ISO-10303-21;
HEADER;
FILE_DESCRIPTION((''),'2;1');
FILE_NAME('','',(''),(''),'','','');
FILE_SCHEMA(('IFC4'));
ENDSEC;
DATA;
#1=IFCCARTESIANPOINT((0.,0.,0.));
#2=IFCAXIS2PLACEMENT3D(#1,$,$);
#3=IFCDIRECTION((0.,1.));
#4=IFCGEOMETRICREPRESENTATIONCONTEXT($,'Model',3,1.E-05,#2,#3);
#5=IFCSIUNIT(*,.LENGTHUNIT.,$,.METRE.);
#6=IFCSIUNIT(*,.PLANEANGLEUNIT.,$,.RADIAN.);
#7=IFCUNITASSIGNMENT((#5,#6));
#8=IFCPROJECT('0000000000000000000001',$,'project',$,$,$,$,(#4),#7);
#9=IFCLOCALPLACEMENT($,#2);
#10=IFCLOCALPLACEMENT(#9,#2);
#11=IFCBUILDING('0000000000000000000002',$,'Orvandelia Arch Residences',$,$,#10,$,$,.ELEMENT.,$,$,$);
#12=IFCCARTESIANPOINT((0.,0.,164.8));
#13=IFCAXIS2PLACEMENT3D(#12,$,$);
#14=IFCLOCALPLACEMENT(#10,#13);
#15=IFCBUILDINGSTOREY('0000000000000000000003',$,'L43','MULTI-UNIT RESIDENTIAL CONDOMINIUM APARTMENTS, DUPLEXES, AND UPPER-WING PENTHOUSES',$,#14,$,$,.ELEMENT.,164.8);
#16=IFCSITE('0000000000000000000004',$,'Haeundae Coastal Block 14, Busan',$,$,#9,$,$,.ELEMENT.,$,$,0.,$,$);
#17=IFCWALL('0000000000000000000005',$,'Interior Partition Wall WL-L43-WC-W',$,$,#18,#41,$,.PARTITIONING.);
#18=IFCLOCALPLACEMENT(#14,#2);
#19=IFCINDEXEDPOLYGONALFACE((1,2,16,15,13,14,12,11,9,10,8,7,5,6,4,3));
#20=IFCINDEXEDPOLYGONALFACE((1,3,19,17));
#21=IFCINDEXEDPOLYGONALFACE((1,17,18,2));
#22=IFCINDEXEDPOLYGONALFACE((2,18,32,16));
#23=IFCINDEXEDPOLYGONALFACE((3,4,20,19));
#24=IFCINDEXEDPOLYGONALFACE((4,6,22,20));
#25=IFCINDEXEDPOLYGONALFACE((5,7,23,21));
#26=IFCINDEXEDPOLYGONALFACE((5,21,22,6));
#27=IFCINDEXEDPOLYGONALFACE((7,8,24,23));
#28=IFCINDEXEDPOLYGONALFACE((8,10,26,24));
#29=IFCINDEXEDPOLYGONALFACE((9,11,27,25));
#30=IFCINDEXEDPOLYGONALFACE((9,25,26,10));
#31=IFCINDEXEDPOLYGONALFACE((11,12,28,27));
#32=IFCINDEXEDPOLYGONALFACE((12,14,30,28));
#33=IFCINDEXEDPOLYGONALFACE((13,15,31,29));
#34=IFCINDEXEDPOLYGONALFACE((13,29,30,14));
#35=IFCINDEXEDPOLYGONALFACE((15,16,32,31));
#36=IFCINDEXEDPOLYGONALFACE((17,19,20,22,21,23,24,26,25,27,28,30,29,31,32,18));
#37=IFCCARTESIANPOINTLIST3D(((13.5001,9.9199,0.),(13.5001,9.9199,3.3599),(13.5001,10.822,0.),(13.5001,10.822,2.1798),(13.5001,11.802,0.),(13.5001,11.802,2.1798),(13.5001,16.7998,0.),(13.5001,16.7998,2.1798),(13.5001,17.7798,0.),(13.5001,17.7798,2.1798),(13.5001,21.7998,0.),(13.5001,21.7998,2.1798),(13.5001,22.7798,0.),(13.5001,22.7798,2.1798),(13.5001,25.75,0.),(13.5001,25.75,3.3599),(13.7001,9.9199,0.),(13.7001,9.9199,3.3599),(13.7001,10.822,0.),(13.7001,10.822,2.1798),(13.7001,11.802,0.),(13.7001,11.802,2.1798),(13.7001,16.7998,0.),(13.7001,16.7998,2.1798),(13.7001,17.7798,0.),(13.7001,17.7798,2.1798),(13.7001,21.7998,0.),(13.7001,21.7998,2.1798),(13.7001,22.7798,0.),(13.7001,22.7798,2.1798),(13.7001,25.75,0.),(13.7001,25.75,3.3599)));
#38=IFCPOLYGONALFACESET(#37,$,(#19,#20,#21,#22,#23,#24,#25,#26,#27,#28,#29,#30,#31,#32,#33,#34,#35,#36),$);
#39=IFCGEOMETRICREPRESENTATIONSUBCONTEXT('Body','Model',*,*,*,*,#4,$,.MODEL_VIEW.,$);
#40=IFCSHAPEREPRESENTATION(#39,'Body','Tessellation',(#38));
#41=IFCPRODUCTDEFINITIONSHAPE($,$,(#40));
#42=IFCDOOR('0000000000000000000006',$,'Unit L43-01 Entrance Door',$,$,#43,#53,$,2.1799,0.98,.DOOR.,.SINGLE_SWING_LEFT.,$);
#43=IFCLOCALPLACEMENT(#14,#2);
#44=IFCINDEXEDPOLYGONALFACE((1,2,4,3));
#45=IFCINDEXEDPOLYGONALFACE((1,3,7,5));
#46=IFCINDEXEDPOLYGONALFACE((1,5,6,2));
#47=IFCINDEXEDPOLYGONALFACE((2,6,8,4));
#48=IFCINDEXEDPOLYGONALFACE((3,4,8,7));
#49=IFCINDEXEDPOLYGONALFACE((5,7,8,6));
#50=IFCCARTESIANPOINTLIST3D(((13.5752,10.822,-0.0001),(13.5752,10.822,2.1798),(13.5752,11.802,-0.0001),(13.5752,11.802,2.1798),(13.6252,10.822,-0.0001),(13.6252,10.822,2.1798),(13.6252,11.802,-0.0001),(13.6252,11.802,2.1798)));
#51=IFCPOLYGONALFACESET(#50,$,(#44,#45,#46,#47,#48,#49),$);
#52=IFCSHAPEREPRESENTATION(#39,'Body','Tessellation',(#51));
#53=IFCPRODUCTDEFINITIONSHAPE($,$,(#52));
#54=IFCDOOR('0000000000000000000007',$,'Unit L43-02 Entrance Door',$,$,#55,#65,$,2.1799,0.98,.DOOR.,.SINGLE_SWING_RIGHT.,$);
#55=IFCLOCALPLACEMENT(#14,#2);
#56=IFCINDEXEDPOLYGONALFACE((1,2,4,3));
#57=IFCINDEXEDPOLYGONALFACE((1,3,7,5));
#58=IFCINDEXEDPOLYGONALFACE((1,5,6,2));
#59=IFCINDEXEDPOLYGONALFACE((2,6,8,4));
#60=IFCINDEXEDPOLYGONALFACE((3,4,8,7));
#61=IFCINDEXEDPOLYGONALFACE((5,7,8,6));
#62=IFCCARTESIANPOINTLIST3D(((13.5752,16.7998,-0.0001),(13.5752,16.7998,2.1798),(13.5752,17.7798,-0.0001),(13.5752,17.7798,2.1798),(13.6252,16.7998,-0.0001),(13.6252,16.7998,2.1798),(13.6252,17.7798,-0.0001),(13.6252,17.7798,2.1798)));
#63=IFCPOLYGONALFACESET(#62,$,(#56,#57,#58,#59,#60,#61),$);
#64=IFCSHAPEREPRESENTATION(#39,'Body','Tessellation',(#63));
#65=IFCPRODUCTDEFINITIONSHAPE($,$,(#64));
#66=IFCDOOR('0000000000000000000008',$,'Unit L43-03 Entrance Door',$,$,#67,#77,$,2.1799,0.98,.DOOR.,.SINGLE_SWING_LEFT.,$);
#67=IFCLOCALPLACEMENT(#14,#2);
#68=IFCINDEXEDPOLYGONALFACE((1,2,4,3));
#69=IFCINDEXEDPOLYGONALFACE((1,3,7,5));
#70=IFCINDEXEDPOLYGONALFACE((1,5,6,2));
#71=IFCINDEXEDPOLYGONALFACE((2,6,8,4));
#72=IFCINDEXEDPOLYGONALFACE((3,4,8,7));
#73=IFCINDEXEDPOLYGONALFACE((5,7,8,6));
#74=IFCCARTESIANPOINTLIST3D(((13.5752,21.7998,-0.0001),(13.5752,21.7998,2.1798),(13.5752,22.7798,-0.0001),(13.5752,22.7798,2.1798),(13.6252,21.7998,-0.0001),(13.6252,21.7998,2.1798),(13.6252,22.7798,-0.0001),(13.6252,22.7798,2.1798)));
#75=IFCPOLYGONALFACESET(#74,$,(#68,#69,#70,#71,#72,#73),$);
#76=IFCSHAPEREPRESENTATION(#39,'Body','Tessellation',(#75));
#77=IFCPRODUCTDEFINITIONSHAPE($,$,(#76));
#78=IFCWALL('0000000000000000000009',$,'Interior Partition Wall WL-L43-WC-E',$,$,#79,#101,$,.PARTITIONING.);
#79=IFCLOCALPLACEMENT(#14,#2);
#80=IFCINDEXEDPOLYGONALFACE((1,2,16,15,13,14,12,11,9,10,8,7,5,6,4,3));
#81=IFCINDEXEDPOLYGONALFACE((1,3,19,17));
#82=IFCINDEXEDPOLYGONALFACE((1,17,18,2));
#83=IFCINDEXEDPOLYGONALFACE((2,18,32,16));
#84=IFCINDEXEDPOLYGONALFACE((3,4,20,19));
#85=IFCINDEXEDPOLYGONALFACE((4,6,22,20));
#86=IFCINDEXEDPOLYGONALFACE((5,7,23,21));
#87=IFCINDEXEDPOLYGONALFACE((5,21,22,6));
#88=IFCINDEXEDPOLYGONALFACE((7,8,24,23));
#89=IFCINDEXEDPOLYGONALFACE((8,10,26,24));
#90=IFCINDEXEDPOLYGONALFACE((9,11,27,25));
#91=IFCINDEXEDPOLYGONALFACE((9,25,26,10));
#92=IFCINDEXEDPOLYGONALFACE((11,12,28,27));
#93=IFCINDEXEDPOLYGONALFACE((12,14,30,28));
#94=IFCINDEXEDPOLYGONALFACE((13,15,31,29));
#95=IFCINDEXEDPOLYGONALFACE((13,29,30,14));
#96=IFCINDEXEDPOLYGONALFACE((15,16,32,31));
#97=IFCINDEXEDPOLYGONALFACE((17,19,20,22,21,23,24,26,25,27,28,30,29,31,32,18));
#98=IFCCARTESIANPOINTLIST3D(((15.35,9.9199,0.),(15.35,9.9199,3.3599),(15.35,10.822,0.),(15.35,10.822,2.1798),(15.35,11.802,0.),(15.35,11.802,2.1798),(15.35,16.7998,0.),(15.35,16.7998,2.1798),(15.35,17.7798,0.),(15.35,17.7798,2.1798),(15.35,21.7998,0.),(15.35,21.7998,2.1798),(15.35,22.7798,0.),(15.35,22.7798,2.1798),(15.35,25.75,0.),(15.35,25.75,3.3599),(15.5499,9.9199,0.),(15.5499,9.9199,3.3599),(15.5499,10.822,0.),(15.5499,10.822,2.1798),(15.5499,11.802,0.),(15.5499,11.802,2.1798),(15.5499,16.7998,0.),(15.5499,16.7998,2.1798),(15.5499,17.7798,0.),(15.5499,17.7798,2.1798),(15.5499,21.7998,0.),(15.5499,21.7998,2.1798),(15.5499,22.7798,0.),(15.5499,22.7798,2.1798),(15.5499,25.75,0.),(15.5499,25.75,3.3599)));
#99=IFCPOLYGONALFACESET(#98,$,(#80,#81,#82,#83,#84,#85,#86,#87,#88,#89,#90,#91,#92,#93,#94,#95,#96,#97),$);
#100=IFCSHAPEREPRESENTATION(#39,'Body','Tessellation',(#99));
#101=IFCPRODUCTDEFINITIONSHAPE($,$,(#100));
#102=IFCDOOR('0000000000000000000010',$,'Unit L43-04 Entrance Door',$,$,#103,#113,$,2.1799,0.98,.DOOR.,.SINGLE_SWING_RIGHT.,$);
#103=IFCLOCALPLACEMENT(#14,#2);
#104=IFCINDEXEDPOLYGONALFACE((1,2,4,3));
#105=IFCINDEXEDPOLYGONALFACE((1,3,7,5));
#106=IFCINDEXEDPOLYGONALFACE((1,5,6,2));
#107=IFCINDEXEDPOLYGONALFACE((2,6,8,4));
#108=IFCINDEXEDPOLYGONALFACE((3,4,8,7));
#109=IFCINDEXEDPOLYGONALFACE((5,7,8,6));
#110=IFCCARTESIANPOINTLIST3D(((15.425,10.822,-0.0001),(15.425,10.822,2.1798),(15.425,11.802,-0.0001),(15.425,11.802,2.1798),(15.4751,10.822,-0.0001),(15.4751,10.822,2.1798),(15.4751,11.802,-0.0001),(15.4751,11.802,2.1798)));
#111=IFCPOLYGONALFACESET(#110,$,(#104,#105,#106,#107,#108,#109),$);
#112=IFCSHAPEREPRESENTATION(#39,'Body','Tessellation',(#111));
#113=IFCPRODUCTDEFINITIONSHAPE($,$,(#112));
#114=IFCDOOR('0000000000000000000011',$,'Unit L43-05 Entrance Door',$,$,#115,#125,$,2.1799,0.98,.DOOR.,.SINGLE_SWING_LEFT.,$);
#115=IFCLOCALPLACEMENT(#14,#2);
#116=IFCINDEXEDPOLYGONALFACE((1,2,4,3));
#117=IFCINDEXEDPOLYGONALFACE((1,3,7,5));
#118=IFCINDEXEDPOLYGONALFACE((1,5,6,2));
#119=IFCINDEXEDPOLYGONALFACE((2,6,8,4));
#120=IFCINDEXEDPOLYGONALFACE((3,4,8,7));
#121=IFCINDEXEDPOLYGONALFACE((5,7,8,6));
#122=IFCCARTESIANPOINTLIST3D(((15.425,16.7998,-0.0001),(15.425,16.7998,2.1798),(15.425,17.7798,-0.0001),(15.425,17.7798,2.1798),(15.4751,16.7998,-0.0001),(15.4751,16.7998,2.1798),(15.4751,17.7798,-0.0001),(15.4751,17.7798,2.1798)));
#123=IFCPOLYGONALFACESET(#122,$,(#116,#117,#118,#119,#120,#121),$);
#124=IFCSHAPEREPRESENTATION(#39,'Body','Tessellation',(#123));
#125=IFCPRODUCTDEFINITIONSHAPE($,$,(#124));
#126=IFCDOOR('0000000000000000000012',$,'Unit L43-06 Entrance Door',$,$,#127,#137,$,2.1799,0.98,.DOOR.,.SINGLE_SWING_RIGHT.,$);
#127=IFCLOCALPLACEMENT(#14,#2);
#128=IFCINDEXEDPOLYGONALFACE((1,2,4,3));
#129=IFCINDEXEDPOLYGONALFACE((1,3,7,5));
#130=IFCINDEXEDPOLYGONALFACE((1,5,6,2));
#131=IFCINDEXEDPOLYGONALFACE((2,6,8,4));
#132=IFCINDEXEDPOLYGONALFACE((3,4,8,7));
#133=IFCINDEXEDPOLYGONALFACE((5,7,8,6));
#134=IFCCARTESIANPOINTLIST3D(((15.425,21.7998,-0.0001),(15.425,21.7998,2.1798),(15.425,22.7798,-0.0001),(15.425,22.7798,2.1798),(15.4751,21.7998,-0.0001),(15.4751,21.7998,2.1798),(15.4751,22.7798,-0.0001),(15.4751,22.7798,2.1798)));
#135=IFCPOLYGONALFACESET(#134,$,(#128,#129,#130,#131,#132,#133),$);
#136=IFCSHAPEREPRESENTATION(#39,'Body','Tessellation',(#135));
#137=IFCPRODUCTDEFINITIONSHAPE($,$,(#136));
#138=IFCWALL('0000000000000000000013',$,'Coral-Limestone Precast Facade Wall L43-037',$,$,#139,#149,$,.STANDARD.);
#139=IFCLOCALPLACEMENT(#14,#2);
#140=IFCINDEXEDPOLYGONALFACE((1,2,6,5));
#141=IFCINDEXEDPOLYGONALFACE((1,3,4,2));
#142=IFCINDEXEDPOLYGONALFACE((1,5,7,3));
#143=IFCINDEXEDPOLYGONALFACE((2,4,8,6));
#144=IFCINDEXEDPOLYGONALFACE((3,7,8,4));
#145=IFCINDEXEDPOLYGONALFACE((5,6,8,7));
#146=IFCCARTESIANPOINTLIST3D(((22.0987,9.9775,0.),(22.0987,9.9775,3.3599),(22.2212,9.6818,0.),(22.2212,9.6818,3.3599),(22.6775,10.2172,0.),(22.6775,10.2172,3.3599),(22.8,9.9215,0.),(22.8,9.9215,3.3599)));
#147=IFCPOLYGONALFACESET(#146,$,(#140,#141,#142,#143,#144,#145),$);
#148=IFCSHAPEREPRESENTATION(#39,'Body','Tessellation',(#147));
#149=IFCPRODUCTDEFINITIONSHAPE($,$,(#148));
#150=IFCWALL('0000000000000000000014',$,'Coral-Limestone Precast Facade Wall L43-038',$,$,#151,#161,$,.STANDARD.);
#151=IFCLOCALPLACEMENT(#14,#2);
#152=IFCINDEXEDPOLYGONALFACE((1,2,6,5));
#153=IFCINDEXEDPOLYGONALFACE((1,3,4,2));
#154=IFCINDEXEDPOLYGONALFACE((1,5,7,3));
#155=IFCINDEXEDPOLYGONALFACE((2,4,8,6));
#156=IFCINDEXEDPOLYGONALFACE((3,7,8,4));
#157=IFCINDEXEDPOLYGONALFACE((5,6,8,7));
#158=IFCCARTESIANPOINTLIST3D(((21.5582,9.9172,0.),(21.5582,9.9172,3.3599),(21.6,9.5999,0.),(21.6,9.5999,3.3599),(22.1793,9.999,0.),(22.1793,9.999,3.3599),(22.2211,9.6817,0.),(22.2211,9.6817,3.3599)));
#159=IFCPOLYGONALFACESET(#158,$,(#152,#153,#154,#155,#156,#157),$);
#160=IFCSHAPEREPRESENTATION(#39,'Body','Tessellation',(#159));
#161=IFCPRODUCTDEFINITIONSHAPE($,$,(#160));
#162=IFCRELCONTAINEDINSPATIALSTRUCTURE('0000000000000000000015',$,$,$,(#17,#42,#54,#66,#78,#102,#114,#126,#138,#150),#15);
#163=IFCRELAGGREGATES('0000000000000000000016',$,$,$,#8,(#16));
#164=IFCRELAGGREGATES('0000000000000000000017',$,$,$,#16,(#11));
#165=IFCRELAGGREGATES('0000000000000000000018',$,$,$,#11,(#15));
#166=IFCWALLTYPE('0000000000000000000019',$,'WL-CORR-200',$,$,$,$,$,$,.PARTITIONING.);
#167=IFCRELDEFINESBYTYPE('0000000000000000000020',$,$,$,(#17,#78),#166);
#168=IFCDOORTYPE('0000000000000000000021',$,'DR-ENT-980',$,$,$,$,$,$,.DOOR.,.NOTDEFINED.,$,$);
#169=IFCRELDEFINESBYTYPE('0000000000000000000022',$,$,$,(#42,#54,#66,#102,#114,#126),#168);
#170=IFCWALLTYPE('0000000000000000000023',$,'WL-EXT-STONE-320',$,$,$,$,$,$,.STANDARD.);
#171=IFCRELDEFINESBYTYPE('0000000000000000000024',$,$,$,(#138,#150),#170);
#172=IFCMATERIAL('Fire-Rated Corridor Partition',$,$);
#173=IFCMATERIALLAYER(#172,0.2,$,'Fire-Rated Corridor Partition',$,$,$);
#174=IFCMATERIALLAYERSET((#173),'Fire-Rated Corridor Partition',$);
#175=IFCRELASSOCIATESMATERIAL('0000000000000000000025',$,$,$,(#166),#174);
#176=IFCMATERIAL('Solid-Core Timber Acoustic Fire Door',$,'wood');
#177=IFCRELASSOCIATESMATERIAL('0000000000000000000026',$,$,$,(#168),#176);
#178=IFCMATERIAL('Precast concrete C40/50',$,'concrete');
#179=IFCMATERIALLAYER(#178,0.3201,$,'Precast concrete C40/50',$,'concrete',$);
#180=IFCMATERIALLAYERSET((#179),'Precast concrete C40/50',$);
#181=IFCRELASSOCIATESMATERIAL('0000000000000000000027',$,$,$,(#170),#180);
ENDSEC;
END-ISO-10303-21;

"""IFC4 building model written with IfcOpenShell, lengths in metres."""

from ifc_helpers import new_model, si_unit, direction, frame, frame_2d, origin, place, context, subcontext, project, spatial, rectangle, extrude, material, layer, layer_set, type_object, element, fill, save


model = new_model("IFC4")

# Units and contexts
model_context = context("Model", 3, precision=1e-05, world=origin(), true_north=direction((0.0, 1.0)))
body_context = subcontext(model_context, "Body", "Model", "MODEL_VIEW")
ifc_project = project(units=[si_unit("LENGTHUNIT", "METRE"), si_unit("PLANEANGLEUNIT", "RADIAN")], contexts=[model_context])

# Site, building, storey
site_placement = place(None, origin())
site = spatial("IfcSite", under=ifc_project, at=site_placement, Name="Haeundae Coastal Block 14, Busan", CompositionType="ELEMENT", RefElevation=0.0)
building_placement = place(site_placement, origin())
building = spatial("IfcBuilding", under=site, at=building_placement, Name="Orvandelia Arch Residences", CompositionType="ELEMENT")
storey_placement = place(building_placement, frame((0.0, 0.0, 164.8)))
storey = spatial("IfcBuildingStorey", under=building, at=storey_placement, Name="L43", Description="MULTI-UNIT RESIDENTIAL CONDOMINIUM APARTMENTS, DUPLEXES, AND UPPER-WING PENTHOUSES", CompositionType="ELEMENT", Elevation=164.8)

# Walls, openings, doors
ifc_material_1 = material(Name="Fire-Rated Corridor Partition")
ifc_layer_1 = layer(ifc_material_1, 0.2, Name="Fire-Rated Corridor Partition")
ifc_layer_set_1 = layer_set([ifc_layer_1], Name="Fire-Rated Corridor Partition")
wall_type_1 = type_object("IfcWallType", Name="WL-CORR-200", PredefinedType="PARTITIONING", material=ifc_layer_set_1)
wall_1_placement = place(storey_placement, frame((13.6001, 9.9199, 0.0), z_axis=(0.0, 0.0, 1.0), x_axis=(0.0, 1.0, 0.0)))
wall_1 = element("IfcWall", 1, at=wall_1_placement, inside=storey, type_object=wall_type_1, Name="Interior Partition Wall WL-L43-WC-W", PredefinedType="PARTITIONING", context=body_context, shape_type="SweptSolid", body=[
    extrude(rectangle(XDim=15.8301, YDim=0.2, at=frame_2d((7.915, 0.0))), origin(), (0.0, 0.0, 1.0), 3.3599),
])
opening_1_placement = place(wall_1_placement, frame((0.9021, 0.0, 0.0)))
opening_1 = element("IfcOpeningElement", 2, at=opening_1_placement, cuts=wall_1, PredefinedType="OPENING", context=body_context, shape_type="SweptSolid", body=[
    extrude(rectangle(XDim=0.98, YDim=2.1799, at=frame_2d((0.49, 1.0898))), frame((0.0, 0.1099, 0.0), z_axis=(0.0, -1.0, 0.0), x_axis=(1.0, 0.0, 0.0)), (0.0, 0.0, 1.0), 0.22),
])
opening_2_placement = place(wall_1_placement, frame((6.8799, 0.0, 0.0)))
opening_2 = element("IfcOpeningElement", 3, at=opening_2_placement, cuts=wall_1, PredefinedType="OPENING", context=body_context, shape_type="SweptSolid", body=[
    extrude(rectangle(XDim=0.98, YDim=2.1799, at=frame_2d((0.49, 1.0898))), frame((0.0, 0.1099, 0.0), z_axis=(0.0, -1.0, 0.0), x_axis=(1.0, 0.0, 0.0)), (0.0, 0.0, 1.0), 0.22),
])
opening_3_placement = place(wall_1_placement, frame((11.8799, 0.0, 0.0)))
opening_3 = element("IfcOpeningElement", 4, at=opening_3_placement, cuts=wall_1, PredefinedType="OPENING", context=body_context, shape_type="SweptSolid", body=[
    extrude(rectangle(XDim=0.98, YDim=2.1799, at=frame_2d((0.49, 1.0898))), frame((0.0, 0.1099, 0.0), z_axis=(0.0, -1.0, 0.0), x_axis=(1.0, 0.0, 0.0)), (0.0, 0.0, 1.0), 0.22),
])
ifc_material_2 = material(Name="Solid-Core Timber Acoustic Fire Door", Category="wood")
door_type_1 = type_object("IfcDoorType", Name="DR-ENT-980", OperationType="NOTDEFINED", PredefinedType="DOOR", material=ifc_material_2)
door_1_placement = place(opening_1_placement, origin())
door_1 = element("IfcDoor", 5, at=door_1_placement, inside=storey, type_object=door_type_1, Name="Unit L43-01 Entrance Door", OperationType="SINGLE_SWING_LEFT", OverallHeight=2.1799, OverallWidth=0.98, PredefinedType="DOOR", context=body_context, shape_type="SweptSolid", body=[
    extrude(rectangle(XDim=0.98, YDim=2.1799, at=frame_2d((0.49, 1.0898))), frame((0.0, 0.0249, 0.0), z_axis=(0.0, -1.0, 0.0), x_axis=(1.0, 0.0, 0.0)), (0.0, 0.0, 1.0), 0.05),
])
fill(opening_1, door_1)
door_2_placement = place(opening_2_placement, origin())
door_2 = element("IfcDoor", 6, at=door_2_placement, inside=storey, type_object=door_type_1, Name="Unit L43-02 Entrance Door", OperationType="SINGLE_SWING_RIGHT", OverallHeight=2.1799, OverallWidth=0.98, PredefinedType="DOOR", context=body_context, shape_type="SweptSolid", body=[
    extrude(rectangle(XDim=0.98, YDim=2.1799, at=frame_2d((0.49, 1.0898))), frame((0.0, 0.0249, 0.0), z_axis=(0.0, -1.0, 0.0), x_axis=(1.0, 0.0, 0.0)), (0.0, 0.0, 1.0), 0.05),
])
fill(opening_2, door_2)
door_3_placement = place(opening_3_placement, origin())
door_3 = element("IfcDoor", 7, at=door_3_placement, inside=storey, type_object=door_type_1, Name="Unit L43-03 Entrance Door", OperationType="SINGLE_SWING_LEFT", OverallHeight=2.1799, OverallWidth=0.98, PredefinedType="DOOR", context=body_context, shape_type="SweptSolid", body=[
    extrude(rectangle(XDim=0.98, YDim=2.1799, at=frame_2d((0.49, 1.0898))), frame((0.0, 0.0249, 0.0), z_axis=(0.0, -1.0, 0.0), x_axis=(1.0, 0.0, 0.0)), (0.0, 0.0, 1.0), 0.05),
])
fill(opening_3, door_3)
wall_2_placement = place(storey_placement, frame((15.45, 9.9199, 0.0), z_axis=(0.0, 0.0, 1.0), x_axis=(0.0, 1.0, 0.0)))
wall_2 = element("IfcWall", 8, at=wall_2_placement, inside=storey, type_object=wall_type_1, Name="Interior Partition Wall WL-L43-WC-E", PredefinedType="PARTITIONING", context=body_context, shape_type="SweptSolid", body=[
    extrude(rectangle(XDim=15.8301, YDim=0.2, at=frame_2d((7.915, 0.0))), origin(), (0.0, 0.0, 1.0), 3.3599),
])
opening_4_placement = place(wall_2_placement, frame((0.9021, 0.0, 0.0)))
opening_4 = element("IfcOpeningElement", 9, at=opening_4_placement, cuts=wall_2, PredefinedType="OPENING", context=body_context, shape_type="SweptSolid", body=[
    extrude(rectangle(XDim=0.98, YDim=2.1799, at=frame_2d((0.49, 1.0898))), frame((0.0, 0.1099, 0.0), z_axis=(0.0, -1.0, 0.0), x_axis=(1.0, 0.0, 0.0)), (0.0, 0.0, 1.0), 0.22),
])
opening_5_placement = place(wall_2_placement, frame((6.8799, 0.0, 0.0)))
opening_5 = element("IfcOpeningElement", 10, at=opening_5_placement, cuts=wall_2, PredefinedType="OPENING", context=body_context, shape_type="SweptSolid", body=[
    extrude(rectangle(XDim=0.98, YDim=2.1799, at=frame_2d((0.49, 1.0898))), frame((0.0, 0.1099, 0.0), z_axis=(0.0, -1.0, 0.0), x_axis=(1.0, 0.0, 0.0)), (0.0, 0.0, 1.0), 0.22),
])
opening_6_placement = place(wall_2_placement, frame((11.8799, 0.0, 0.0)))
opening_6 = element("IfcOpeningElement", 11, at=opening_6_placement, cuts=wall_2, PredefinedType="OPENING", context=body_context, shape_type="SweptSolid", body=[
    extrude(rectangle(XDim=0.98, YDim=2.1799, at=frame_2d((0.49, 1.0898))), frame((0.0, 0.1099, 0.0), z_axis=(0.0, -1.0, 0.0), x_axis=(1.0, 0.0, 0.0)), (0.0, 0.0, 1.0), 0.22),
])
door_4_placement = place(opening_4_placement, origin())
door_4 = element("IfcDoor", 12, at=door_4_placement, inside=storey, type_object=door_type_1, Name="Unit L43-04 Entrance Door", OperationType="SINGLE_SWING_RIGHT", OverallHeight=2.1799, OverallWidth=0.98, PredefinedType="DOOR", context=body_context, shape_type="SweptSolid", body=[
    extrude(rectangle(XDim=0.98, YDim=2.1799, at=frame_2d((0.49, 1.0898))), frame((0.0, 0.0249, 0.0), z_axis=(0.0, -1.0, 0.0), x_axis=(1.0, 0.0, 0.0)), (0.0, 0.0, 1.0), 0.05),
])
fill(opening_4, door_4)
door_5_placement = place(opening_5_placement, origin())
door_5 = element("IfcDoor", 13, at=door_5_placement, inside=storey, type_object=door_type_1, Name="Unit L43-05 Entrance Door", OperationType="SINGLE_SWING_LEFT", OverallHeight=2.1799, OverallWidth=0.98, PredefinedType="DOOR", context=body_context, shape_type="SweptSolid", body=[
    extrude(rectangle(XDim=0.98, YDim=2.1799, at=frame_2d((0.49, 1.0898))), frame((0.0, 0.0249, 0.0), z_axis=(0.0, -1.0, 0.0), x_axis=(1.0, 0.0, 0.0)), (0.0, 0.0, 1.0), 0.05),
])
fill(opening_5, door_5)
door_6_placement = place(opening_6_placement, origin())
door_6 = element("IfcDoor", 14, at=door_6_placement, inside=storey, type_object=door_type_1, Name="Unit L43-06 Entrance Door", OperationType="SINGLE_SWING_RIGHT", OverallHeight=2.1799, OverallWidth=0.98, PredefinedType="DOOR", context=body_context, shape_type="SweptSolid", body=[
    extrude(rectangle(XDim=0.98, YDim=2.1799, at=frame_2d((0.49, 1.0898))), frame((0.0, 0.0249, 0.0), z_axis=(0.0, -1.0, 0.0), x_axis=(1.0, 0.0, 0.0)), (0.0, 0.0, 1.0), 0.05),
])
fill(opening_6, door_6)

# Walls
ifc_material_3 = material(Name="Precast concrete C40/50", Category="concrete")
ifc_layer_2 = layer(ifc_material_3, 0.3201, Name="Precast concrete C40/50", Category="concrete")
ifc_layer_set_2 = layer_set([ifc_layer_2], Name="Precast concrete C40/50")
wall_type_2 = type_object("IfcWallType", Name="WL-EXT-STONE-320", PredefinedType="STANDARD", material=ifc_layer_set_2)
for number, where, z_axis, x_axis, name in (
    (15, (22.7388, 10.0693, 0.0), (0.0, 0.0, 1.0), (-0.923893, -0.38265, 0.0), "Coral-Limestone Precast Facade Wall L43-037"),
    (16, (22.2002, 9.8403, 0.0), (0.0, 0.0, 1.0), (-0.991441, -0.130555, 0.0), "Coral-Limestone Precast Facade Wall L43-038"),
):
    element("IfcWall", number, at=place(storey_placement, frame(where, z_axis=z_axis, x_axis=x_axis)), inside=storey, type_object=wall_type_2, Name=name, PredefinedType="STANDARD", context=body_context, shape_type="SweptSolid", body=[
        extrude(rectangle(XDim=0.6265, YDim=0.3201, at=frame_2d((0.3132, 0.0))), origin(), (0.0, 0.0, 1.0), 3.3599),
    ])

save(model, "model.ifc")
